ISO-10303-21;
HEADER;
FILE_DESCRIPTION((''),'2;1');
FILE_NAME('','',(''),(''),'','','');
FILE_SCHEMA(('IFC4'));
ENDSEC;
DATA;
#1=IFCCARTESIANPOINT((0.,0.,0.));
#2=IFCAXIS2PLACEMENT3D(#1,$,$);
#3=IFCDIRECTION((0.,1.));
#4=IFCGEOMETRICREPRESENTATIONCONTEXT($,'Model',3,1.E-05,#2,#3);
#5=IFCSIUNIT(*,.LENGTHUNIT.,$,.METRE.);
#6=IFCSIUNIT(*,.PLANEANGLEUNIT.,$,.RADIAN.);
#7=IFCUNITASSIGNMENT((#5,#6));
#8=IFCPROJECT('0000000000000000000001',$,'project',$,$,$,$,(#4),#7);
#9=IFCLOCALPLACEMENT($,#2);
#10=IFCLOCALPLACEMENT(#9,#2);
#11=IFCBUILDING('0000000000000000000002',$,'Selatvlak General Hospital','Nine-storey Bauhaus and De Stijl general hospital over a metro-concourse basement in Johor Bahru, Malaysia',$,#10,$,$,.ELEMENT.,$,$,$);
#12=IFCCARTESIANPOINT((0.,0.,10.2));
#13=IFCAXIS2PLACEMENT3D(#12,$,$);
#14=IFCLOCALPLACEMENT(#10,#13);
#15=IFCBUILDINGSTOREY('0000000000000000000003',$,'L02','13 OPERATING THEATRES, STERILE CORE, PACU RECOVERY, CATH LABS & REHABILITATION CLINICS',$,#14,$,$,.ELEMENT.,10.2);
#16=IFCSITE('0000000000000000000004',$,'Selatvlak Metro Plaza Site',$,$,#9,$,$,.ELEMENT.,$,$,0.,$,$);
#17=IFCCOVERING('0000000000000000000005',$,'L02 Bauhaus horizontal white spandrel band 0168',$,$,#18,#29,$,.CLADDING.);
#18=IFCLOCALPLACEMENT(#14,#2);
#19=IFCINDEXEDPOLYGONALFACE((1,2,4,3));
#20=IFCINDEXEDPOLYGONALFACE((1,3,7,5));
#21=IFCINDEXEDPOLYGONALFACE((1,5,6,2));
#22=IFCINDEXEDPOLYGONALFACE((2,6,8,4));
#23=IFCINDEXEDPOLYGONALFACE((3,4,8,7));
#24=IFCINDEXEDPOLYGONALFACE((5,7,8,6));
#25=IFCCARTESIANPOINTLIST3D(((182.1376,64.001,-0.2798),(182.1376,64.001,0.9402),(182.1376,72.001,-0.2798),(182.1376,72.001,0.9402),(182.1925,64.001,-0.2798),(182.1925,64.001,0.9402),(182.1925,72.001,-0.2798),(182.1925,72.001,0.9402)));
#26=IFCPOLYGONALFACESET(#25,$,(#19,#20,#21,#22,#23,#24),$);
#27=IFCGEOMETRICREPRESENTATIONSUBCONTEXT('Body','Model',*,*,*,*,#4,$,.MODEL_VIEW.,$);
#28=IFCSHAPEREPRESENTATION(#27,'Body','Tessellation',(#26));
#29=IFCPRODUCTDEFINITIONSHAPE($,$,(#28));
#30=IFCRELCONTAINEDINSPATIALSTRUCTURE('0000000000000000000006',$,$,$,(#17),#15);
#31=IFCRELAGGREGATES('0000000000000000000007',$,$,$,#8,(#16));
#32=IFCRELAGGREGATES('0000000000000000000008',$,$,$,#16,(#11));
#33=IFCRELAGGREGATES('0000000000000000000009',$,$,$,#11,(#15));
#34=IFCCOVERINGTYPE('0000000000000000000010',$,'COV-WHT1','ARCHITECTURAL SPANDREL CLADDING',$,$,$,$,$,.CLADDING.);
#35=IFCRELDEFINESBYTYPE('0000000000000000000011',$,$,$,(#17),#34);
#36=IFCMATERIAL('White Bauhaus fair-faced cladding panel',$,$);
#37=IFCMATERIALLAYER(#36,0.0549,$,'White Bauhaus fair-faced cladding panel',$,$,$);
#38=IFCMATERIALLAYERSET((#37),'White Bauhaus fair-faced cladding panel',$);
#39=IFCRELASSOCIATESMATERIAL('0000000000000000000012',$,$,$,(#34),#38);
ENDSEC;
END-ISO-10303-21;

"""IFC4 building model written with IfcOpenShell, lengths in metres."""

from ifc_helpers import new_model, si_unit, direction, frame, origin, origin_2d, place, context, subcontext, project, spatial, rectangle, extrude, material, layer, layer_set, type_object, element, save


model = new_model("IFC4")

# Units and contexts
model_context = context("Model", 3, precision=1e-05, world=origin(), true_north=direction((0.0, 1.0)))
body_context = subcontext(model_context, "Body", "Model", "MODEL_VIEW")
ifc_project = project(units=[si_unit("LENGTHUNIT", "METRE"), si_unit("PLANEANGLEUNIT", "RADIAN")], contexts=[model_context])

# Site, building, storey
site_placement = place(None, origin())
site = spatial("IfcSite", under=ifc_project, at=site_placement, Name="Selatvlak Metro Plaza Site", CompositionType="ELEMENT", RefElevation=0.0)
building_placement = place(site_placement, origin())
building = spatial("IfcBuilding", under=site, at=building_placement, Name="Selatvlak General Hospital", Description="Nine-storey Bauhaus and De Stijl general hospital over a metro-concourse basement in Johor Bahru, Malaysia", CompositionType="ELEMENT")
storey_placement = place(building_placement, frame((0.0, 0.0, 10.2)))
storey = spatial("IfcBuildingStorey", under=building, at=storey_placement, Name="L02", Description="13 OPERATING THEATRES, STERILE CORE, PACU RECOVERY, CATH LABS & REHABILITATION CLINICS", CompositionType="ELEMENT", Elevation=10.2)

# Covering
ifc_material_1 = material(Name="White Bauhaus fair-faced cladding panel")
ifc_layer_1 = layer(ifc_material_1, 0.0549, Name="White Bauhaus fair-faced cladding panel")
ifc_layer_set_1 = layer_set([ifc_layer_1], Name="White Bauhaus fair-faced cladding panel")
covering_type = type_object("IfcCoveringType", Name="COV-WHT1", Description="ARCHITECTURAL SPANDREL CLADDING", PredefinedType="CLADDING", material=ifc_layer_set_1)
covering_placement = place(storey_placement, frame((182.165, 68.001, -0.2798), z_axis=(0.0, 0.0, 1.0), x_axis=(0.0, -1.0, 0.0)))
element("IfcCovering", 1, at=covering_placement, inside=storey, type_object=covering_type, Name="L02 Bauhaus horizontal white spandrel band 0168", PredefinedType="CLADDING", context=body_context, shape_type="SweptSolid", body=[
    extrude(rectangle(XDim=8.0, YDim=0.0549, at=origin_2d()), origin(), (0.0, 0.0, 1.0), 1.22),
])

save(model, "model.ifc")
